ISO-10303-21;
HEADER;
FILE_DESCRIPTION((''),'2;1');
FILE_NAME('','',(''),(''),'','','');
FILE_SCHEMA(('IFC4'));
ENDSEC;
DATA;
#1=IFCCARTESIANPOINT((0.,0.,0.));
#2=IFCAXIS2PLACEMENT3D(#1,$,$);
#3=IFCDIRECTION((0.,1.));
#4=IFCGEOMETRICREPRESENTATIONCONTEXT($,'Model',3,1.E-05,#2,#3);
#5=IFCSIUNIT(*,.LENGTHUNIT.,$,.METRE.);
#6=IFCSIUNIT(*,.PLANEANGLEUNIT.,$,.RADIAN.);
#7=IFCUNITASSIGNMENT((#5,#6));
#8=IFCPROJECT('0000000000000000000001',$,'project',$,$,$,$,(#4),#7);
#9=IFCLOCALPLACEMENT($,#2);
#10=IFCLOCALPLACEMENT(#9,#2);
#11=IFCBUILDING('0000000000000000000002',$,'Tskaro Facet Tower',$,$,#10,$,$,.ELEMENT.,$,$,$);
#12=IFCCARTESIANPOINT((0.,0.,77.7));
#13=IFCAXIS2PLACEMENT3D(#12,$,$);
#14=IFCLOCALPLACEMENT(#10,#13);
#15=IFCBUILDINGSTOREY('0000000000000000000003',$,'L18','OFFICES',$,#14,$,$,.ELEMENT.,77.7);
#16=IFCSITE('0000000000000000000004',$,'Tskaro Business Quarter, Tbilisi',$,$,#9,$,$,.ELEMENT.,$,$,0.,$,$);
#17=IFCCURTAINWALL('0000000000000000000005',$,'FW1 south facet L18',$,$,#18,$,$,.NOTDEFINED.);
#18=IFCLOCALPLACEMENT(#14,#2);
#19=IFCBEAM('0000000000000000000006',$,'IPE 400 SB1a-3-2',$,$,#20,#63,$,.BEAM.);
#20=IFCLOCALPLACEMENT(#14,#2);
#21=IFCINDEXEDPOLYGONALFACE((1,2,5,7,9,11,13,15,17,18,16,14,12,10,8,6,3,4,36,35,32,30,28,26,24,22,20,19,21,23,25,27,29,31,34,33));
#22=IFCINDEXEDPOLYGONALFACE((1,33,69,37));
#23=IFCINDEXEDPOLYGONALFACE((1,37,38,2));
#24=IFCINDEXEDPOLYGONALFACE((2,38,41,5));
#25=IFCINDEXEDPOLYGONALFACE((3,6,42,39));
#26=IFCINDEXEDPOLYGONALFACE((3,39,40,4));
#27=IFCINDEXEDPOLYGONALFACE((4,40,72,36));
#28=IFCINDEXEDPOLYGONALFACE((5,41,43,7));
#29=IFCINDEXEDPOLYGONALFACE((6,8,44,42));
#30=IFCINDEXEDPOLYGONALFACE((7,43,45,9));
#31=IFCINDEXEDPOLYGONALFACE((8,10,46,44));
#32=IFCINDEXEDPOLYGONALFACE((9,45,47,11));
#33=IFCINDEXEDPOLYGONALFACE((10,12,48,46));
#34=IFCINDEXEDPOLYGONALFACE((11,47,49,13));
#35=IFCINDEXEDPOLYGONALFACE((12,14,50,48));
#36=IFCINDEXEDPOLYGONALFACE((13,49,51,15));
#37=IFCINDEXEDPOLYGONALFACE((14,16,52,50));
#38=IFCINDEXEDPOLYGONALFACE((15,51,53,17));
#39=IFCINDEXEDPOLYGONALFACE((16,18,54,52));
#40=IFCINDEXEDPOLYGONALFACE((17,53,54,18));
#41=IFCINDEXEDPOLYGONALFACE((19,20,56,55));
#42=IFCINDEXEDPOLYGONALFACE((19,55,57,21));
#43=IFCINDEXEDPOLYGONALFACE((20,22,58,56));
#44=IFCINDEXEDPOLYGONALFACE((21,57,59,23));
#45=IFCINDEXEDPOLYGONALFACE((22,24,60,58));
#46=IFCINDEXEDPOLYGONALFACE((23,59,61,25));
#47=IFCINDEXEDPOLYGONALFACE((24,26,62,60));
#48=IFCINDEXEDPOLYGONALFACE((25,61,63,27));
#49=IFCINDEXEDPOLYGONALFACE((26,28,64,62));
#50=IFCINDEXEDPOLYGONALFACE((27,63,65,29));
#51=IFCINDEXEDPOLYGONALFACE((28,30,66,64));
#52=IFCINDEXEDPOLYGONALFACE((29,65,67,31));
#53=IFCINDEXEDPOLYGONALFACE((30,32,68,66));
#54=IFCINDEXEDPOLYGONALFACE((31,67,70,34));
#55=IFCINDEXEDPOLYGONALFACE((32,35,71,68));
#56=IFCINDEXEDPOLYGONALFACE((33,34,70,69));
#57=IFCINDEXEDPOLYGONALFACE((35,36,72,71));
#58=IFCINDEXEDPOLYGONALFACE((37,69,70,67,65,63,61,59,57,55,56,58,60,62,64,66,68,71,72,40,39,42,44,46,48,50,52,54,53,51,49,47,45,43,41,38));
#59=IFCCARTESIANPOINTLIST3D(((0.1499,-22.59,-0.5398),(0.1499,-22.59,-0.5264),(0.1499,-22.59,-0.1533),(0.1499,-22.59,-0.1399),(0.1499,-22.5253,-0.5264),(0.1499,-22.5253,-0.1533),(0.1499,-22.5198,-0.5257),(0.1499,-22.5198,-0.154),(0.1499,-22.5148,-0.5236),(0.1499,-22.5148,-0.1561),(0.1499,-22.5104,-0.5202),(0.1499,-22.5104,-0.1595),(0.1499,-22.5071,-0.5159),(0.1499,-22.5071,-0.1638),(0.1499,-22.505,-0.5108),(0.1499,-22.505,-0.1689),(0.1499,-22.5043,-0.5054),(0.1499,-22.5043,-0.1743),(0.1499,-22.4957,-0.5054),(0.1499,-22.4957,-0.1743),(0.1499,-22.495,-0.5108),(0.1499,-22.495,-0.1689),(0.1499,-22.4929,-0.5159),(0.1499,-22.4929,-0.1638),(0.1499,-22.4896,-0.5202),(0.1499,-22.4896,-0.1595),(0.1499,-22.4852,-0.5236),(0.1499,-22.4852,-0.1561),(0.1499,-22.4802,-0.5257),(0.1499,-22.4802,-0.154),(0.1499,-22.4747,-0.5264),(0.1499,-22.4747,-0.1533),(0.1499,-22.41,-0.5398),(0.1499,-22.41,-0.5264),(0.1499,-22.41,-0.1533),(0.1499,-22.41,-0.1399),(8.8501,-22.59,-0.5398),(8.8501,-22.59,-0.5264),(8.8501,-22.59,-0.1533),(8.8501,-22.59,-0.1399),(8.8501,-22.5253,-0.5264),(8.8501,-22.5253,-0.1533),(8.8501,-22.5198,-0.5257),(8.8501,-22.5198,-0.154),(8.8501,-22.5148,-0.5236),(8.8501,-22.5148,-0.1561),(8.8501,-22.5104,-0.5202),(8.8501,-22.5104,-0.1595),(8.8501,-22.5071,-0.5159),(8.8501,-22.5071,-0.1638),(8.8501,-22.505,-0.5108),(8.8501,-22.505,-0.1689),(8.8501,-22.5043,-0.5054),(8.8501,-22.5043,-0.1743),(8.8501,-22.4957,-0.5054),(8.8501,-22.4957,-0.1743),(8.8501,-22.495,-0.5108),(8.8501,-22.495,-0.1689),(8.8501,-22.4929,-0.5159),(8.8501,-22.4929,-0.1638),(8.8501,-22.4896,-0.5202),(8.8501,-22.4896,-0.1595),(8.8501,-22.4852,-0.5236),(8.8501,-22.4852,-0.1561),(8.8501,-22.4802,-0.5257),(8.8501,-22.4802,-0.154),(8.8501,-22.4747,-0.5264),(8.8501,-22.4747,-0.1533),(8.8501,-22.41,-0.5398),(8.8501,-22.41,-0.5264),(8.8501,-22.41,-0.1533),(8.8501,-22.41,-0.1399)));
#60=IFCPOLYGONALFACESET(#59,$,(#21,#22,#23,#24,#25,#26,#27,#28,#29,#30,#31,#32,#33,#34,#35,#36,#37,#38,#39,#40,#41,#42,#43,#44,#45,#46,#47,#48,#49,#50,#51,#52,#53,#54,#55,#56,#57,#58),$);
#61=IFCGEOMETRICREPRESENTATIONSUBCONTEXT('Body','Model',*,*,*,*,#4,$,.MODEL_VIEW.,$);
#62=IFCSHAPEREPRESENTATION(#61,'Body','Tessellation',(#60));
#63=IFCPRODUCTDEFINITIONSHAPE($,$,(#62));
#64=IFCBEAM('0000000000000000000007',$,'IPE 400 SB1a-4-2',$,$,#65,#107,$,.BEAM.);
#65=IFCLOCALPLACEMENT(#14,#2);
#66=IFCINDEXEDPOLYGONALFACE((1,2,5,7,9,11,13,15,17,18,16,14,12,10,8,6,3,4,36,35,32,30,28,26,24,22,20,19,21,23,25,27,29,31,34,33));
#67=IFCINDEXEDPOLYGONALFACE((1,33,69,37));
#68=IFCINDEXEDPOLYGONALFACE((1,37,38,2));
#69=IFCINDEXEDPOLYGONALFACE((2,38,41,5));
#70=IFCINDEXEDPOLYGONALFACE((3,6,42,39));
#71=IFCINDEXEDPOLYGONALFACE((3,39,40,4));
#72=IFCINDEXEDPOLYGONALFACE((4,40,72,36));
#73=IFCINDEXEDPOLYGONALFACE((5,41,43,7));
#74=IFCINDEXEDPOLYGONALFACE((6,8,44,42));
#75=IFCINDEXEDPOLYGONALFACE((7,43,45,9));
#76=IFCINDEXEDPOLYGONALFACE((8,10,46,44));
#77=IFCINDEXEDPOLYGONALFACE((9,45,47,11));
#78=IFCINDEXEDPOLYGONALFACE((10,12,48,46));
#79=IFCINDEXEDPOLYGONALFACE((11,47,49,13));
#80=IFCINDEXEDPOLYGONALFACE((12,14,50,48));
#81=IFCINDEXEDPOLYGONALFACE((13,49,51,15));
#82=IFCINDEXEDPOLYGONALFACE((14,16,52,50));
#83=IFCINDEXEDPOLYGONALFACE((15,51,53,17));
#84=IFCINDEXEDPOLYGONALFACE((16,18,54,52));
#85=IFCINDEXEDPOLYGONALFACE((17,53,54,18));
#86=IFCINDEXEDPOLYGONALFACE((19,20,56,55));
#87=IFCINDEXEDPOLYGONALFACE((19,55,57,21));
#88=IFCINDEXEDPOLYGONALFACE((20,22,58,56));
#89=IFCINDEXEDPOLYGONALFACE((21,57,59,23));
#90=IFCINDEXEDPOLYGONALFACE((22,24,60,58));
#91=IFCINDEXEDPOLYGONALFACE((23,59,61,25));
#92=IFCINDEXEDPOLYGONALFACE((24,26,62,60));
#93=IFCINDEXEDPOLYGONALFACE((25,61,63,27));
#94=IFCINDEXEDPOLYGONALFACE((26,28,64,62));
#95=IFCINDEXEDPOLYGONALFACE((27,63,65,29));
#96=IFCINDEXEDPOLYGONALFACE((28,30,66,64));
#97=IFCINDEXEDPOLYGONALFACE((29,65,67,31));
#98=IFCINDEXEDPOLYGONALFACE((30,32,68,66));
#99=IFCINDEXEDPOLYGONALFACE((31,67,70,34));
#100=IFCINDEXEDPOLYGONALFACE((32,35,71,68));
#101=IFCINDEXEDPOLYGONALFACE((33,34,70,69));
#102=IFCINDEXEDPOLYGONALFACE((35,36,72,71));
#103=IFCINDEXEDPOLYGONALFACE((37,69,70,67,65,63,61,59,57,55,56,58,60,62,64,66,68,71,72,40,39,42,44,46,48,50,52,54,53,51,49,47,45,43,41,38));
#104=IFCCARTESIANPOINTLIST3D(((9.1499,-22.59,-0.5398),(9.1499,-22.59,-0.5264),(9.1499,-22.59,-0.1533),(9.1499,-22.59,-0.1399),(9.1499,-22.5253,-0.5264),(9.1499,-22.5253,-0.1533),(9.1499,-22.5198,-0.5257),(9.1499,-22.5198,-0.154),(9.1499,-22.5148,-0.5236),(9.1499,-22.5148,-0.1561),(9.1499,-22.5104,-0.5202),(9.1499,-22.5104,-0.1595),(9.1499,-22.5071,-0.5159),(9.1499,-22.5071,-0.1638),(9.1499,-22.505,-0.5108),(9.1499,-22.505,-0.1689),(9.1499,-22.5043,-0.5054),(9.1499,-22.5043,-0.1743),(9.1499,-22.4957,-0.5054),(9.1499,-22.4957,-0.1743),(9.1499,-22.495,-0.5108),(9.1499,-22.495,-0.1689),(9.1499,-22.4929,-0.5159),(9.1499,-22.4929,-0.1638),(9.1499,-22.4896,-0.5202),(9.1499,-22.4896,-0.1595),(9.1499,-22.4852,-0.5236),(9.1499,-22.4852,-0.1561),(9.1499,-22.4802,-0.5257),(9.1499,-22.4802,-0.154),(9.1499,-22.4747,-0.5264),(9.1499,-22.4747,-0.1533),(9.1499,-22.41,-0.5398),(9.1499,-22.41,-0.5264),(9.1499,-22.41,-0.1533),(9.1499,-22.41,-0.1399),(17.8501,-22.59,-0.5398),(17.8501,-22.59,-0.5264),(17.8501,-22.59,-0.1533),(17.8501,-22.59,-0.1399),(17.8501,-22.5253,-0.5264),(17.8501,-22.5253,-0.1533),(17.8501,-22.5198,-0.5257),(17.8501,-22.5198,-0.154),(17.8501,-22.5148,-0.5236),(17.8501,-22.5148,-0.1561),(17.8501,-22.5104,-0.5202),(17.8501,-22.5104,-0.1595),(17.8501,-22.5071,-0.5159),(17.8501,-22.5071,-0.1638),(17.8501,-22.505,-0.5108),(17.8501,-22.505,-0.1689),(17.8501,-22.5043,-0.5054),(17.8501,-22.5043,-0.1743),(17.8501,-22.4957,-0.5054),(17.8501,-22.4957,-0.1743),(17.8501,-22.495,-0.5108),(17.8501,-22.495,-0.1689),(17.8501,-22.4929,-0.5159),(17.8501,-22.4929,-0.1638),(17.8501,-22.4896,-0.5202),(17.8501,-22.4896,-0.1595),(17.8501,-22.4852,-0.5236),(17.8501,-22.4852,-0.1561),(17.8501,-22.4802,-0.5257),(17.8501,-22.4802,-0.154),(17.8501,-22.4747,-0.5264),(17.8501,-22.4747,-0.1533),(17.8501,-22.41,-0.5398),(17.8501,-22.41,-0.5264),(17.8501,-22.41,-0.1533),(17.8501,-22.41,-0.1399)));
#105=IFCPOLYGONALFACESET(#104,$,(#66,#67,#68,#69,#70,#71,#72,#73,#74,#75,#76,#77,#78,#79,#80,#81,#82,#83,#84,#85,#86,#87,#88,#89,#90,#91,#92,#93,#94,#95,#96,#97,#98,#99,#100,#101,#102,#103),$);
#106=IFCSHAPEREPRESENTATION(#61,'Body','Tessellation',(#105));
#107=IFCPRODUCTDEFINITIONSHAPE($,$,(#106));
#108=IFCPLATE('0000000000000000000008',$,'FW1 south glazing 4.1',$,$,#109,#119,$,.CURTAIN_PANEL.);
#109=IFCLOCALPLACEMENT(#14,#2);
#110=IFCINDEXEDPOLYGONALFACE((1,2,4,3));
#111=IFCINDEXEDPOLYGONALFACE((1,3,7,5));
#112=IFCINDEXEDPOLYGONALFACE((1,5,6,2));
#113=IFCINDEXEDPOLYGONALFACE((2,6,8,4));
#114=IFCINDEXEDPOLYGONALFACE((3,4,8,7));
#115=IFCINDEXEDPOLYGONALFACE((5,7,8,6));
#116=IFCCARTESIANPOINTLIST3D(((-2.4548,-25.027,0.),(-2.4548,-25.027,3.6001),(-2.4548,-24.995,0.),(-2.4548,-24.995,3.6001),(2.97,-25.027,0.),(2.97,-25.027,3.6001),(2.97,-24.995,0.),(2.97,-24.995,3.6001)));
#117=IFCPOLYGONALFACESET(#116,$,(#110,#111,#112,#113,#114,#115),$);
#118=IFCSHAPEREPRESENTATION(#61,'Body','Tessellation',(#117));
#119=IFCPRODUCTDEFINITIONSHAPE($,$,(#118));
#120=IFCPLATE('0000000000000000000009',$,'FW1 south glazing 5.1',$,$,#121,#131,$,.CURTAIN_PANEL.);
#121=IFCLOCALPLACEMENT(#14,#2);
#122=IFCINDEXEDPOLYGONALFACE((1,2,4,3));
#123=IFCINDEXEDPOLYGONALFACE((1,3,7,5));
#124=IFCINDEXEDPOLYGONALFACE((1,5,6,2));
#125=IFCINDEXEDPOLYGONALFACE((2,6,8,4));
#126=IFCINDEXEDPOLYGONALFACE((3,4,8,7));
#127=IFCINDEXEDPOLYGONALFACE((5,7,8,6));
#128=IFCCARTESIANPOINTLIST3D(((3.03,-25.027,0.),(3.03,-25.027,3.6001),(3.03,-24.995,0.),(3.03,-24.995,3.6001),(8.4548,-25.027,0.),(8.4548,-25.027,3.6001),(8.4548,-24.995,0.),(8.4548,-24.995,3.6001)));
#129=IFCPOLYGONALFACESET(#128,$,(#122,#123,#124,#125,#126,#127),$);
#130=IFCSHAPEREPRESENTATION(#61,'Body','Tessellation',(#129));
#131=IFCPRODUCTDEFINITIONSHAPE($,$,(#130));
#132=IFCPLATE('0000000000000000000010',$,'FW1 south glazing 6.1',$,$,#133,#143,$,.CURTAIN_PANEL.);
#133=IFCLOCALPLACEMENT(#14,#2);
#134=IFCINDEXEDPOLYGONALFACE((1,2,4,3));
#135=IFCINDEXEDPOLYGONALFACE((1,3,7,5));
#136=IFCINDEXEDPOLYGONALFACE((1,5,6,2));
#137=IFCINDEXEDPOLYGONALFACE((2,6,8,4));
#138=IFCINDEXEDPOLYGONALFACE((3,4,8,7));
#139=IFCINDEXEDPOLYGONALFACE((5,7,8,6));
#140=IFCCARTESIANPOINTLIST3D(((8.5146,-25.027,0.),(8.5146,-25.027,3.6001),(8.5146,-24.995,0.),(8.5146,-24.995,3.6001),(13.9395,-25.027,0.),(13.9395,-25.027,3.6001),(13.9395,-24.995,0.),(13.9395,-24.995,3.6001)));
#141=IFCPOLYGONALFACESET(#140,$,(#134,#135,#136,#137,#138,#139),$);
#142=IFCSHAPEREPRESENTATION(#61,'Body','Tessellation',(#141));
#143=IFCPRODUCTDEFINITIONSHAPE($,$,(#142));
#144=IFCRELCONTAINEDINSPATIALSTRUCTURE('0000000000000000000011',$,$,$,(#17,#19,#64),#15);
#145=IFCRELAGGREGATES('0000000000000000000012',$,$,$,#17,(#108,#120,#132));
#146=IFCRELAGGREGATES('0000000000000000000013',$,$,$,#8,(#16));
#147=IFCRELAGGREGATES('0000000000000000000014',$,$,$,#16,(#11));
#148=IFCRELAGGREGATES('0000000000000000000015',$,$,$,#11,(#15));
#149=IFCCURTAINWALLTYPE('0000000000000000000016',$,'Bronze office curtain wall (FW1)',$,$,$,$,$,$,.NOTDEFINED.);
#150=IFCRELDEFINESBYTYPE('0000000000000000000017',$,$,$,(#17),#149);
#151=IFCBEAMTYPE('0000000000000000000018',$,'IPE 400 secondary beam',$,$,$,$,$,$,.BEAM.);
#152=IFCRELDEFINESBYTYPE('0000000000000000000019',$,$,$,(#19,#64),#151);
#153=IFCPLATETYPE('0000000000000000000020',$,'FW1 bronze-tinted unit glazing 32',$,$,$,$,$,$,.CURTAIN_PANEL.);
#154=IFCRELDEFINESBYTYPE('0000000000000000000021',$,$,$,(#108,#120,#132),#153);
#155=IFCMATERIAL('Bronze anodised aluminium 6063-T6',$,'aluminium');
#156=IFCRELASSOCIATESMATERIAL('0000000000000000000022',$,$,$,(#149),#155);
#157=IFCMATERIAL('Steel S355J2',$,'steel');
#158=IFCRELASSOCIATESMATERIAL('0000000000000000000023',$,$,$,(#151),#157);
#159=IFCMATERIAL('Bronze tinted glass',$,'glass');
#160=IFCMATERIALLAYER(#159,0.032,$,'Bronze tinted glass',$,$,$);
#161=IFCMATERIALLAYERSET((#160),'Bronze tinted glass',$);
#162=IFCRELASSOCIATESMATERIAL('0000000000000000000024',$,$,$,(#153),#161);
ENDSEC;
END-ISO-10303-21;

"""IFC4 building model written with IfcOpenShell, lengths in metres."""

from ifc_helpers import new_model, si_unit, direction, frame, origin, origin_2d, place, context, subcontext, project, spatial, rectangle, i_section, extrude, material, layer, layer_set, material_profile, profile_set, type_object, element, aggregate, save


model = new_model("IFC4")

# Units and contexts
model_context = context("Model", 3, precision=1e-05, world=origin(), true_north=direction((0.0, 1.0)))
body_context = subcontext(model_context, "Body", "Model", "MODEL_VIEW")
ifc_project = project(units=[si_unit("LENGTHUNIT", "METRE"), si_unit("PLANEANGLEUNIT", "RADIAN")], contexts=[model_context])

# Site, building, storey
site_placement = place(None, origin())
site = spatial("IfcSite", under=ifc_project, at=site_placement, Name="Tskaro Business Quarter, Tbilisi", CompositionType="ELEMENT", RefElevation=0.0)
building_placement = place(site_placement, origin())
building = spatial("IfcBuilding", under=site, at=building_placement, Name="Tskaro Facet Tower", CompositionType="ELEMENT")
storey_placement = place(building_placement, frame((0.0, 0.0, 77.7)))
storey = spatial("IfcBuildingStorey", under=building, at=storey_placement, Name="L18", Description="OFFICES", CompositionType="ELEMENT", Elevation=77.7)

# Curtain wall
ifc_material_1 = material(Name="Bronze anodised aluminium 6063-T6", Category="aluminium")
curtain_wall_type = type_object("IfcCurtainWallType", Name="Bronze office curtain wall (FW1)", PredefinedType="NOTDEFINED", material=ifc_material_1)
curtain_wall_placement = place(storey_placement, origin())
curtain_wall = element("IfcCurtainWall", 1, at=curtain_wall_placement, inside=storey, type_object=curtain_wall_type, Name="FW1 south facet L18", PredefinedType="NOTDEFINED")

# Beams
ifc_material_2 = material(Name="Steel S355J2", Category="steel")
ifc_material_profile_1 = material_profile(ifc_material_2, i_section(OverallWidth=0.1799, OverallDepth=0.3999, WebThickness=0.0085, FlangeThickness=0.0134, FilletRadius=0.021, at=origin_2d()), Name="IPE 400")
ifc_profile_set_1 = profile_set([ifc_material_profile_1], Name="Steel S355J2")
beam_type_1 = type_object("IfcBeamType", Name="IPE 400 secondary beam", PredefinedType="BEAM", material=ifc_profile_set_1)
for number, where, z_axis, x_axis, name in (
    (2, (0.1499, -22.5, -0.3398), (1.0, 0.0, 0.0), (0.0, 1.0, 0.0), "IPE 400 SB1a-3-2"),
    (3, (9.1499, -22.5, -0.3398), (1.0, 0.0, 0.0), (0.0, 1.0, 0.0), "IPE 400 SB1a-4-2"),
):
    element("IfcBeam", number, at=place(storey_placement, frame(where, z_axis=z_axis, x_axis=x_axis)), inside=storey, type_object=beam_type_1, Name=name, PredefinedType="BEAM", context=body_context, shape_type="SweptSolid", body=[
        extrude(i_section(OverallWidth=0.1799, OverallDepth=0.3999, WebThickness=0.0085, FlangeThickness=0.0134, FilletRadius=0.021, at=origin_2d()), origin(), (0.0, 0.0, 1.0), 8.7002),
    ])

# Plates
ifc_material_3 = material(Name="Bronze tinted glass", Category="glass")
ifc_layer_1 = layer(ifc_material_3, 0.032, Name="Bronze tinted glass")
ifc_layer_set_1 = layer_set([ifc_layer_1], Name="Bronze tinted glass")
plate_type = type_object("IfcPlateType", Name="FW1 bronze-tinted unit glazing 32", PredefinedType="CURTAIN_PANEL", material=ifc_layer_set_1)
plate_1_placement = place(storey_placement, frame((0.2576, -25.011, 0.0), z_axis=(0.0, 0.0, 1.0), x_axis=(1.0, 0.0, 0.0)))
plate_1 = element("IfcPlate", 4, at=plate_1_placement, type_object=plate_type, Name="FW1 south glazing 4.1", PredefinedType="CURTAIN_PANEL", context=body_context, shape_type="SweptSolid", body=[
    extrude(rectangle(XDim=5.4248, YDim=0.032, at=origin_2d()), origin(), (0.0, 0.0, 1.0), 3.6001),
])
plate_2_placement = place(storey_placement, frame((5.7424, -25.011, 0.0), z_axis=(0.0, 0.0, 1.0), x_axis=(1.0, 0.0, 0.0)))
plate_2 = element("IfcPlate", 5, at=plate_2_placement, type_object=plate_type, Name="FW1 south glazing 5.1", PredefinedType="CURTAIN_PANEL", context=body_context, shape_type="SweptSolid", body=[
    extrude(rectangle(XDim=5.4248, YDim=0.032, at=origin_2d()), origin(), (0.0, 0.0, 1.0), 3.6001),
])
plate_3_placement = place(storey_placement, frame((11.2271, -25.011, 0.0), z_axis=(0.0, 0.0, 1.0), x_axis=(1.0, 0.0, 0.0)))
plate_3 = element("IfcPlate", 6, at=plate_3_placement, type_object=plate_type, Name="FW1 south glazing 6.1", PredefinedType="CURTAIN_PANEL", context=body_context, shape_type="SweptSolid", body=[
    extrude(rectangle(XDim=5.4248, YDim=0.032, at=origin_2d()), origin(), (0.0, 0.0, 1.0), 3.6001),
])
aggregate(curtain_wall, [plate_1, plate_2, plate_3])

save(model, "model.ifc")
